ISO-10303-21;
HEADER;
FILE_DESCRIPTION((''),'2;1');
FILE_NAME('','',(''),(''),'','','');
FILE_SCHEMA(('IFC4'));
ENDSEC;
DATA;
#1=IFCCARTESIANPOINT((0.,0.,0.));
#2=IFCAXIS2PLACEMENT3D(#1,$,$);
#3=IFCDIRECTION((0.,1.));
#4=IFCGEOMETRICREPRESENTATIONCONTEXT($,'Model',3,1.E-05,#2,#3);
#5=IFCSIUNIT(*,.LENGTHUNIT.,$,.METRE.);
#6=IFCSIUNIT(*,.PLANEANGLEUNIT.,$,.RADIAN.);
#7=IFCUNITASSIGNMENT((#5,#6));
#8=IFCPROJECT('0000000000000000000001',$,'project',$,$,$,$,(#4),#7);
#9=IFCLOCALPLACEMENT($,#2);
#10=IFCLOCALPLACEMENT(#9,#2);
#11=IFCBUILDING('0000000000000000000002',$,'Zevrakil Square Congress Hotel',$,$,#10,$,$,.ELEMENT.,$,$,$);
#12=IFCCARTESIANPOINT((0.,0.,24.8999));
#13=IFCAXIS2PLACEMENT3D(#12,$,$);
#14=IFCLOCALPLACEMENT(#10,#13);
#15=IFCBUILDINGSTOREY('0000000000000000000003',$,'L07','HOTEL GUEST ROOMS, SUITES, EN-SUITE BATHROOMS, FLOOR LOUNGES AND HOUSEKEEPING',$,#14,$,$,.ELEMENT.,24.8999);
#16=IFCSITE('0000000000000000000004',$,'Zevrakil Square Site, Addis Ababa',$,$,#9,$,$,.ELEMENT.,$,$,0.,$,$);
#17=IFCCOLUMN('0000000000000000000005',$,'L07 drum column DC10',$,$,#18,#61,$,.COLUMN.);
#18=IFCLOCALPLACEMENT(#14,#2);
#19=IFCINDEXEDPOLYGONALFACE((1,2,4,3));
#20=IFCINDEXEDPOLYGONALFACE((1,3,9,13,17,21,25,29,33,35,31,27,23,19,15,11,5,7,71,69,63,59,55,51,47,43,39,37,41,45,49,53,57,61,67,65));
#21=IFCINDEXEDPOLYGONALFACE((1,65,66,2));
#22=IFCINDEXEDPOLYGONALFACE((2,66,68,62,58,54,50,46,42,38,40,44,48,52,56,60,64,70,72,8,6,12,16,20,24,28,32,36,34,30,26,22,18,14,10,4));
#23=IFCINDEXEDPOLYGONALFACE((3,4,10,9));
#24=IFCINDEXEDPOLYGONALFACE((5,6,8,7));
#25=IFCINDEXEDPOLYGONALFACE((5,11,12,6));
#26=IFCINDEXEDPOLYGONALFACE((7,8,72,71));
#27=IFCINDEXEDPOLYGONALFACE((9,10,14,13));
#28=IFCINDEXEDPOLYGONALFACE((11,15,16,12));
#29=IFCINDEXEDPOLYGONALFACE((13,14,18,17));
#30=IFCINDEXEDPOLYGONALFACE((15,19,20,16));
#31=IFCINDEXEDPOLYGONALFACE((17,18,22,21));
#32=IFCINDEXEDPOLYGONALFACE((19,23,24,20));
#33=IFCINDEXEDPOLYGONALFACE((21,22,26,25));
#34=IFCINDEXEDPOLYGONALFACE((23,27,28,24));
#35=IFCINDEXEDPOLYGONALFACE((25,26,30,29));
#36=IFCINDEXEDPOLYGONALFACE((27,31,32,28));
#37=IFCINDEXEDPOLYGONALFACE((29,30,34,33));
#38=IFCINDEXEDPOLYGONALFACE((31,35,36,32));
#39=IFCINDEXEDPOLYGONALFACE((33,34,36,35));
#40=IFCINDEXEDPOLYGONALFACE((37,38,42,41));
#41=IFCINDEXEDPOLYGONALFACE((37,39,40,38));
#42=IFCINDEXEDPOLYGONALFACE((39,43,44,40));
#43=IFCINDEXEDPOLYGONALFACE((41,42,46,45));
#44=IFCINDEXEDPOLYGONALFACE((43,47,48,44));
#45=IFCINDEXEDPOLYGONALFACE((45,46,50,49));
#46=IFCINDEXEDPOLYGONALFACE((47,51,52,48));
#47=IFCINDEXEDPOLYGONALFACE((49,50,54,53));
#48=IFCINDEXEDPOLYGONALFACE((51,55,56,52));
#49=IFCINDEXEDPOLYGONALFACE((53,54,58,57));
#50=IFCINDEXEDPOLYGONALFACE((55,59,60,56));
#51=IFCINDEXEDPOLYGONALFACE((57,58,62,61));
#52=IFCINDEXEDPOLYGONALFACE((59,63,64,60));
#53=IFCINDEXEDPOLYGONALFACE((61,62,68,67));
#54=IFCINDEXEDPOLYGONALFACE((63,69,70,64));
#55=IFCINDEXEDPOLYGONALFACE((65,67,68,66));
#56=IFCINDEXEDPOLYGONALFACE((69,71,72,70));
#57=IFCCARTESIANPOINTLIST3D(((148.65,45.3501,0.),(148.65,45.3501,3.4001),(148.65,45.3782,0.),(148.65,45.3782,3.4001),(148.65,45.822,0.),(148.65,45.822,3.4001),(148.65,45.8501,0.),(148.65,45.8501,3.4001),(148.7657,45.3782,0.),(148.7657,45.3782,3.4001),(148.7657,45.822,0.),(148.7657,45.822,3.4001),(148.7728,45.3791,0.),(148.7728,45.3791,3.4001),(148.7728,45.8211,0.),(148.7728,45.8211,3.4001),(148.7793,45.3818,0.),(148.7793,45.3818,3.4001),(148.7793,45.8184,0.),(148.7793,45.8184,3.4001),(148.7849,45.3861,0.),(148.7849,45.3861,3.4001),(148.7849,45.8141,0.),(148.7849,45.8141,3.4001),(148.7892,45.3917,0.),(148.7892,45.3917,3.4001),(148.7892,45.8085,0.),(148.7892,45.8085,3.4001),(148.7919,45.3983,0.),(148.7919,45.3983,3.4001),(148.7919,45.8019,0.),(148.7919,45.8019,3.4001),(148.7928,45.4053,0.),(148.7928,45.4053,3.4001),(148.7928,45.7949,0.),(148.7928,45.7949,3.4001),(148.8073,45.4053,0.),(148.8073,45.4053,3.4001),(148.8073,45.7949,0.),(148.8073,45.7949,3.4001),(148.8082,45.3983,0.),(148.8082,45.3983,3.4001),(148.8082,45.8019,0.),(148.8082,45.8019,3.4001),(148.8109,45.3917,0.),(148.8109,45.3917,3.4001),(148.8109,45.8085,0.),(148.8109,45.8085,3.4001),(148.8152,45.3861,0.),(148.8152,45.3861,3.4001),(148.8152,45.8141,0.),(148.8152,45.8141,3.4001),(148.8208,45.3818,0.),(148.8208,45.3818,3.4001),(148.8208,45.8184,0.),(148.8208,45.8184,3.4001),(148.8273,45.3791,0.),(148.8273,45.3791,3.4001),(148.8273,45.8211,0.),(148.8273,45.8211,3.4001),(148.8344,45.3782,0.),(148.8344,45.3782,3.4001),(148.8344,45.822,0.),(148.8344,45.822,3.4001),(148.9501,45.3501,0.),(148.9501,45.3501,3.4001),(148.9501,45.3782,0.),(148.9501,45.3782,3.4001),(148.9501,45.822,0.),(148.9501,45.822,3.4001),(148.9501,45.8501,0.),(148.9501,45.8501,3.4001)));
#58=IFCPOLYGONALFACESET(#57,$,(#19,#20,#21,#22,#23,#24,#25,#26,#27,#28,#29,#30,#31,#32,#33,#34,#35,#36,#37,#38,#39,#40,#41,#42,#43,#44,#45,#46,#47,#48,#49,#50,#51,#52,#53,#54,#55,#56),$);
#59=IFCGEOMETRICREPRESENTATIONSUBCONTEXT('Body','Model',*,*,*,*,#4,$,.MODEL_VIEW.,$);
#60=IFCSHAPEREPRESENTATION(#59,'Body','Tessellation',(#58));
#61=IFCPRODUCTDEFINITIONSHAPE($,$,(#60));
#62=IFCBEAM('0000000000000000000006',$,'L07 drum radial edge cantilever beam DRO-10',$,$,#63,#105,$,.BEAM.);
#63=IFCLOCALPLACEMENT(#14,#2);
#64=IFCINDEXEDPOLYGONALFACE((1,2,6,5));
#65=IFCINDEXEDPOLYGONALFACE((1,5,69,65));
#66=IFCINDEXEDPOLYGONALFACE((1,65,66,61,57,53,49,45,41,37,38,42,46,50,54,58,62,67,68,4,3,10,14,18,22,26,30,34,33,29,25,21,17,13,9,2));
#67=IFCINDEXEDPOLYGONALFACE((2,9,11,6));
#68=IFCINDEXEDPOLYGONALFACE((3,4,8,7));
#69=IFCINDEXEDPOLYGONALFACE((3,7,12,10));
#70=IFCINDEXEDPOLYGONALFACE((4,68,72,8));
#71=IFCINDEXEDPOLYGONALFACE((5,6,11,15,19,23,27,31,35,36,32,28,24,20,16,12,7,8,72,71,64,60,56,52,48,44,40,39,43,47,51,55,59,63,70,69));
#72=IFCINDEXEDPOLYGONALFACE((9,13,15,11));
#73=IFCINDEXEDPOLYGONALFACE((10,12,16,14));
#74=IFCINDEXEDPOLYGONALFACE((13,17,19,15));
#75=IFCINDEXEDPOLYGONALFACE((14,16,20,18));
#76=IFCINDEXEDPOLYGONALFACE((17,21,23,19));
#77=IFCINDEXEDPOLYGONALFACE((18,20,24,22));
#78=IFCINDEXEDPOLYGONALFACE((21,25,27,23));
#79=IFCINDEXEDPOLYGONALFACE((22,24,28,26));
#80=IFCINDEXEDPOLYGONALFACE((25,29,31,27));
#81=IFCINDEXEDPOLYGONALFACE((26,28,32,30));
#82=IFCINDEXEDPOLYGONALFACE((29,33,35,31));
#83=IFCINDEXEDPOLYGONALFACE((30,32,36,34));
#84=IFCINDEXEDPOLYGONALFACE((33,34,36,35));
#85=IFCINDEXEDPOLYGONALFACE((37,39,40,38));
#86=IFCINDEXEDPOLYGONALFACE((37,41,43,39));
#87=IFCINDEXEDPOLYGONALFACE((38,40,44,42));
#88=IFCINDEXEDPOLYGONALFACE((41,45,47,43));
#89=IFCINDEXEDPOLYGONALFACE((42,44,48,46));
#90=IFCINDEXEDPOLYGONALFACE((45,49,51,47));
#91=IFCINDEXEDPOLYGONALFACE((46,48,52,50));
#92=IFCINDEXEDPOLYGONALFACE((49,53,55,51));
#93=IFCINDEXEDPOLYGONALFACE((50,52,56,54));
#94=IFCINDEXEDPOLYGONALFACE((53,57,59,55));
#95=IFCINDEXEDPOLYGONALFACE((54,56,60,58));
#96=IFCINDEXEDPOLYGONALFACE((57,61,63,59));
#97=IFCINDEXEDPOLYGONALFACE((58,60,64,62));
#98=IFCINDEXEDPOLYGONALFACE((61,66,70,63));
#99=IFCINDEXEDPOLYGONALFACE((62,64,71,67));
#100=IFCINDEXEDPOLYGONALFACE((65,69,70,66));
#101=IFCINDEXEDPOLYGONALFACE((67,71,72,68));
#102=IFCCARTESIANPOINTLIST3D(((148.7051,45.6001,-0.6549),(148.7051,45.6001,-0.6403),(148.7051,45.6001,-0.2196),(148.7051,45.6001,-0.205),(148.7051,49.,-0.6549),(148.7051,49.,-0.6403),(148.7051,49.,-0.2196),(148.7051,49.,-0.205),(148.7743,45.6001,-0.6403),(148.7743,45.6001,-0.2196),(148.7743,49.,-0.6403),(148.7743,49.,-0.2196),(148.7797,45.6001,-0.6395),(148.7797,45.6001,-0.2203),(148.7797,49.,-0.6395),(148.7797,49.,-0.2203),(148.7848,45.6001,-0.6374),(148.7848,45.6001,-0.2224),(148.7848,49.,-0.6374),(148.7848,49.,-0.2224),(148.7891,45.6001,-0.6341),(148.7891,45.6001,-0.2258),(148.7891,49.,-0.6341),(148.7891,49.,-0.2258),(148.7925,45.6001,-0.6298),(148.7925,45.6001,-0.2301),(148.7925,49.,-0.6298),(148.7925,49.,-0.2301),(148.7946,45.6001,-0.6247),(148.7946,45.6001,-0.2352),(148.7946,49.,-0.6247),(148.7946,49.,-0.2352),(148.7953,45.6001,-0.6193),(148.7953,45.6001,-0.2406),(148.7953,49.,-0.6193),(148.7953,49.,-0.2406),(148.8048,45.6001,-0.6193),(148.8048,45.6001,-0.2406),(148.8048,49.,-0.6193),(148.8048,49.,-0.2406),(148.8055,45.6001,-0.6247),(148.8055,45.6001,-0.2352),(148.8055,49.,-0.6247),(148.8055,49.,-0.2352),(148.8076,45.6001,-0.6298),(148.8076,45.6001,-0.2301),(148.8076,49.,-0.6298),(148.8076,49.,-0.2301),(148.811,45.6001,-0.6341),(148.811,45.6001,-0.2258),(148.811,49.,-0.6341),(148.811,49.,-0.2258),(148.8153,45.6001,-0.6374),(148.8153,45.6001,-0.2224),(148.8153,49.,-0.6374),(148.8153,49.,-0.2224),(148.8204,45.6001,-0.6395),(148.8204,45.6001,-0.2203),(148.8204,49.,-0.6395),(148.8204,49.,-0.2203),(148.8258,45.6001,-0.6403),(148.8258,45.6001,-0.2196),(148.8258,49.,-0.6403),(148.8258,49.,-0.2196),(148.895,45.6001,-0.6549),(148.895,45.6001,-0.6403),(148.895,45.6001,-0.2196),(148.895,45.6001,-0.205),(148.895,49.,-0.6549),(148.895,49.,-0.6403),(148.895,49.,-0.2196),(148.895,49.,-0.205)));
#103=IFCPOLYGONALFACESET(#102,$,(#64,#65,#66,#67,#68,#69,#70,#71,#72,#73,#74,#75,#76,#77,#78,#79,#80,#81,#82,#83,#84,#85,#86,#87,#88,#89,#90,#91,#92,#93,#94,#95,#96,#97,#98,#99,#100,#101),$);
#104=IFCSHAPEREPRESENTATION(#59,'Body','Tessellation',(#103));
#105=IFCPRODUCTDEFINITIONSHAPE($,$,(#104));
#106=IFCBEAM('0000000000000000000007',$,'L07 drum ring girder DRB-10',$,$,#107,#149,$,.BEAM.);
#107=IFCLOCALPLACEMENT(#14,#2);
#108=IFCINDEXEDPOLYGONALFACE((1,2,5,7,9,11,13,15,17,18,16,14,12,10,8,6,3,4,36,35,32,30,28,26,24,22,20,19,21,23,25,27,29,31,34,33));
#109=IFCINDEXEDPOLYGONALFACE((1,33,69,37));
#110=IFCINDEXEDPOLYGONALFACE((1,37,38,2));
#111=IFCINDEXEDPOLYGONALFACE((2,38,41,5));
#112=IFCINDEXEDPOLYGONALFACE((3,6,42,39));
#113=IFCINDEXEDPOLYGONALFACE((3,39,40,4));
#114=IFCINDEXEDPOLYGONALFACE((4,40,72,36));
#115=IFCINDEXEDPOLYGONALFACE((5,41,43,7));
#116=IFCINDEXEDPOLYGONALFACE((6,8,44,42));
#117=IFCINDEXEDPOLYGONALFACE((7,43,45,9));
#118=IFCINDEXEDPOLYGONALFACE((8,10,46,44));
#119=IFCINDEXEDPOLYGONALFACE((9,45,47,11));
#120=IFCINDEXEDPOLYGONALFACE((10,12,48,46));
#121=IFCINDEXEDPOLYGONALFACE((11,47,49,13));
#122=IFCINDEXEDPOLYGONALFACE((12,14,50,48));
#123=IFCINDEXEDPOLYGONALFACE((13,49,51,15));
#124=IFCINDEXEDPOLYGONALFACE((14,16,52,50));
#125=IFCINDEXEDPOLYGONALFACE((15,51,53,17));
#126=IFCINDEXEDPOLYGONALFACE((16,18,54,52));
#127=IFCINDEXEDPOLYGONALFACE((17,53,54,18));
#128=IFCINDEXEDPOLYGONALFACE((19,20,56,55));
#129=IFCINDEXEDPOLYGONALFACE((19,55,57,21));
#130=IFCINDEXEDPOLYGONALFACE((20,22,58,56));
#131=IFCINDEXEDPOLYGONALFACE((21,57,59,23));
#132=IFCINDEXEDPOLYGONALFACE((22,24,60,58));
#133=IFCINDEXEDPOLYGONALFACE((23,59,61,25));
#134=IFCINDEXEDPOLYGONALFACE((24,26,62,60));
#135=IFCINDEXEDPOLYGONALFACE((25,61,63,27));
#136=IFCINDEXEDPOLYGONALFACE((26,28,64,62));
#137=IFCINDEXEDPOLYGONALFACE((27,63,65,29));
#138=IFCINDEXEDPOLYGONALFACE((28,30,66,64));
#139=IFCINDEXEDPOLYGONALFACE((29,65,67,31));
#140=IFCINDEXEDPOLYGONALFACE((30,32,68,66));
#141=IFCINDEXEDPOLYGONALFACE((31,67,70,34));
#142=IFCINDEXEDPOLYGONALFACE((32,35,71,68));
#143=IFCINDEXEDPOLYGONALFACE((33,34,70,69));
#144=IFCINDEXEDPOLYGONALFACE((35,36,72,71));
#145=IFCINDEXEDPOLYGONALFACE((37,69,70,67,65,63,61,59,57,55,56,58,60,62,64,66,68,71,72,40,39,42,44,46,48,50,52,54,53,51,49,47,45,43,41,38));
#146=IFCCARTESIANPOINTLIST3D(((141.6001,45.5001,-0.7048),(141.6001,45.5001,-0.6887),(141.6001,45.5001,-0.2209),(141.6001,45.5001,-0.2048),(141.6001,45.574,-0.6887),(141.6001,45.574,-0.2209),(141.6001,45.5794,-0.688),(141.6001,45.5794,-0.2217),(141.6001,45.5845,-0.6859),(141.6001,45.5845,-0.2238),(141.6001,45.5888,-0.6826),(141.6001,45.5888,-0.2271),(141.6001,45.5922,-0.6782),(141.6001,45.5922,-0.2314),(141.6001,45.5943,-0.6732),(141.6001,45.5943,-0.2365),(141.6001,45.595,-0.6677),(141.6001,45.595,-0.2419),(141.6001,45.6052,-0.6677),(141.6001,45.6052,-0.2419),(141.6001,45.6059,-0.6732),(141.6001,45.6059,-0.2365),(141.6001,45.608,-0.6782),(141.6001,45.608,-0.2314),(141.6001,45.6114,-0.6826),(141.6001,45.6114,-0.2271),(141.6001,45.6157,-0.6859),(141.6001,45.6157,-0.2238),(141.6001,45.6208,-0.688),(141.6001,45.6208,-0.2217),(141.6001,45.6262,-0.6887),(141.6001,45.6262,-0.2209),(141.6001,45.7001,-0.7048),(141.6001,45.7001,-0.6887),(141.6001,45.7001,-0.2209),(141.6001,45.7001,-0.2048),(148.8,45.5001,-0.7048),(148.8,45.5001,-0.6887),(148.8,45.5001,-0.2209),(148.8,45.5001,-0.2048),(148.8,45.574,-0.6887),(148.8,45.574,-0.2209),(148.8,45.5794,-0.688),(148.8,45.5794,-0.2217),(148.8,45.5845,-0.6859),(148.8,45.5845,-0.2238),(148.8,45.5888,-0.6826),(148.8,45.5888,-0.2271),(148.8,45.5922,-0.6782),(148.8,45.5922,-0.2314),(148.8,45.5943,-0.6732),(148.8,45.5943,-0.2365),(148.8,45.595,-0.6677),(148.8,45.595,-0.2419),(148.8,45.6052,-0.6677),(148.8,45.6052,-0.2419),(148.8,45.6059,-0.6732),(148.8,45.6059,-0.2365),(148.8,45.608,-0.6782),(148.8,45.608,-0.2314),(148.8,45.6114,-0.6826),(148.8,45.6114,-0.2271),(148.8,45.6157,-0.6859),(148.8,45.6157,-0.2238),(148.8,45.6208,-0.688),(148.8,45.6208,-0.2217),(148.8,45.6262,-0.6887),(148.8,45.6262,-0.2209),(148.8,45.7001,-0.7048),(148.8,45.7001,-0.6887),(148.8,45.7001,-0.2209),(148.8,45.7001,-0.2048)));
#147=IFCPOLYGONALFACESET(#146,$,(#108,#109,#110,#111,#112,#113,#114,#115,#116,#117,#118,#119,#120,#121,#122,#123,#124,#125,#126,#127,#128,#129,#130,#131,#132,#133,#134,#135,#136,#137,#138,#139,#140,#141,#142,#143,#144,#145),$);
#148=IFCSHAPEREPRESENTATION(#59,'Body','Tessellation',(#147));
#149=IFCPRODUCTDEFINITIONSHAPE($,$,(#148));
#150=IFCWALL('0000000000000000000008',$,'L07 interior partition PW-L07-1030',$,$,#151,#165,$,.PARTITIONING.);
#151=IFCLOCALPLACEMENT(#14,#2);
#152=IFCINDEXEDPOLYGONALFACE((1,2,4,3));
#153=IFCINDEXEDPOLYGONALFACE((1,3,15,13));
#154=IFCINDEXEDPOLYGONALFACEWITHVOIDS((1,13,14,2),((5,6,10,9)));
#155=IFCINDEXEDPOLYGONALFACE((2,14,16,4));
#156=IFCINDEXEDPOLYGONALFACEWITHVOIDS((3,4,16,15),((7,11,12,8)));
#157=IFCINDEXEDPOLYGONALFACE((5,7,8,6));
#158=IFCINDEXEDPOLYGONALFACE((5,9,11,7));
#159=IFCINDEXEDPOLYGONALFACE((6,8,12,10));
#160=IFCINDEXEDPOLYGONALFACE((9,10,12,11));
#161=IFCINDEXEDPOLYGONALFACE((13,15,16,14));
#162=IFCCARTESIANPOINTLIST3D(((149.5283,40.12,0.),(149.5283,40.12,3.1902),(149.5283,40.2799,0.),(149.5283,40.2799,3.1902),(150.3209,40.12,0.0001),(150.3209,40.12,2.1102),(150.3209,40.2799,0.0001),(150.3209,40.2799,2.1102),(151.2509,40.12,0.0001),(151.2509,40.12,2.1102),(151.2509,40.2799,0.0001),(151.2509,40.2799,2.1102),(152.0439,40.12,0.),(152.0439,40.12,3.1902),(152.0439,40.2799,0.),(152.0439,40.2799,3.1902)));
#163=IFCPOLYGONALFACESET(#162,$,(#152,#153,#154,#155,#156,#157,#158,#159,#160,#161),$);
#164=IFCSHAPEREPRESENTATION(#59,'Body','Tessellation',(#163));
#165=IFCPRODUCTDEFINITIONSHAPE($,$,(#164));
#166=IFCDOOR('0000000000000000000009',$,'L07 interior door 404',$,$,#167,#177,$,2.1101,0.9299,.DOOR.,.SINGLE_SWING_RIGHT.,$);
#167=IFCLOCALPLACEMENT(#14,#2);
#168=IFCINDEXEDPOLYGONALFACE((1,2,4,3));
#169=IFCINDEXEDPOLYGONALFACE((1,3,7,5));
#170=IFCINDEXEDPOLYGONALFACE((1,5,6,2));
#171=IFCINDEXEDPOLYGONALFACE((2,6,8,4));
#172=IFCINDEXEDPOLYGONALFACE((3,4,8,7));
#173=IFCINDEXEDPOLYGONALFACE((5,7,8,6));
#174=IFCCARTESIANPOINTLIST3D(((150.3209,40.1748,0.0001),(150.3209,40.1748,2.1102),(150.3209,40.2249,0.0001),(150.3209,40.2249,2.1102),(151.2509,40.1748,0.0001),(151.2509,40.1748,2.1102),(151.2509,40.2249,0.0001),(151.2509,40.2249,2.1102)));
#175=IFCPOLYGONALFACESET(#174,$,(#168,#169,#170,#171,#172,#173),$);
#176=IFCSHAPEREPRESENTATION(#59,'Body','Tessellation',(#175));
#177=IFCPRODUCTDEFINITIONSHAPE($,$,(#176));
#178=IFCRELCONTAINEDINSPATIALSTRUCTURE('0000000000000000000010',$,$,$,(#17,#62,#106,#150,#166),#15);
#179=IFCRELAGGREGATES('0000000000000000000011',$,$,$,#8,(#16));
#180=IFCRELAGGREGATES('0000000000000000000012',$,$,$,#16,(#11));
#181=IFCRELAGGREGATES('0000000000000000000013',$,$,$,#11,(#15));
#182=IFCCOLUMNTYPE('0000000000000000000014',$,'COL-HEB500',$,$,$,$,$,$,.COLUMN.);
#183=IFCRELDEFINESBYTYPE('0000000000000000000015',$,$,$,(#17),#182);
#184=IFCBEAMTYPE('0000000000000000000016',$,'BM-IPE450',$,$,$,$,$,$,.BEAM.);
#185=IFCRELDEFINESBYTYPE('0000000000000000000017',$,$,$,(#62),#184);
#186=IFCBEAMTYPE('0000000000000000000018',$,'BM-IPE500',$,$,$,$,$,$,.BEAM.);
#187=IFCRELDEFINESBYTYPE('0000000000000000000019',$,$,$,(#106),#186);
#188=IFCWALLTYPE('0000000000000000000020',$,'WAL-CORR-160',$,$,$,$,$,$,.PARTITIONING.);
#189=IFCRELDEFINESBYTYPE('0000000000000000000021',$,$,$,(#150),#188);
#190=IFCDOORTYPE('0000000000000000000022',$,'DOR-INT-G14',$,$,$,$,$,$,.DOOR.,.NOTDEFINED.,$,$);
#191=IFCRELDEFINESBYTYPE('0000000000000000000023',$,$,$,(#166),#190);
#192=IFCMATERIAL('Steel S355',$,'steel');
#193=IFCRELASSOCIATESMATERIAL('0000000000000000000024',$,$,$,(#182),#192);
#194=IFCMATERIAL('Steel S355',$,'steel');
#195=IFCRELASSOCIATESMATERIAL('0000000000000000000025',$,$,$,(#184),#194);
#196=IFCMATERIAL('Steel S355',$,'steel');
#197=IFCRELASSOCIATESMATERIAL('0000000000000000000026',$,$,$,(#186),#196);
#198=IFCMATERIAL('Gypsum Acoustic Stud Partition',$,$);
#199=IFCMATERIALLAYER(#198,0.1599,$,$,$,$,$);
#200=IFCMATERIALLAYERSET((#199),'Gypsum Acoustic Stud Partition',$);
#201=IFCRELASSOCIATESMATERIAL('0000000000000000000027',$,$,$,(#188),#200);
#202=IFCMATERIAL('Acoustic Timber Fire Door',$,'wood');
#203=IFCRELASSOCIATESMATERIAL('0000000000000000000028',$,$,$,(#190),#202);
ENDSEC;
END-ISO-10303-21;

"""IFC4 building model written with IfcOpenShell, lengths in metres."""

from ifc_helpers import new_model, si_unit, direction, frame, frame_2d, origin, origin_2d, place, context, subcontext, project, spatial, rectangle, i_section, extrude, material, layer, layer_set, material_profile, profile_set, type_object, element, fill, save


model = new_model("IFC4")

# Units and contexts
model_context = context("Model", 3, precision=1e-05, world=origin(), true_north=direction((0.0, 1.0)))
body_context = subcontext(model_context, "Body", "Model", "MODEL_VIEW")
ifc_project = project(units=[si_unit("LENGTHUNIT", "METRE"), si_unit("PLANEANGLEUNIT", "RADIAN")], contexts=[model_context])

# Site, building, storey
site_placement = place(None, origin())
site = spatial("IfcSite", under=ifc_project, at=site_placement, Name="Zevrakil Square Site, Addis Ababa", CompositionType="ELEMENT", RefElevation=0.0)
building_placement = place(site_placement, origin())
building = spatial("IfcBuilding", under=site, at=building_placement, Name="Zevrakil Square Congress Hotel", CompositionType="ELEMENT")
storey_placement = place(building_placement, frame((0.0, 0.0, 24.8999)))
storey = spatial("IfcBuildingStorey", under=building, at=storey_placement, Name="L07", Description="HOTEL GUEST ROOMS, SUITES, EN-SUITE BATHROOMS, FLOOR LOUNGES AND HOUSEKEEPING", CompositionType="ELEMENT", Elevation=24.8999)

# Column
ifc_material_1 = material(Name="Steel S355", Category="steel")
ifc_material_profile_1 = material_profile(ifc_material_1, i_section(OverallWidth=0.3, OverallDepth=0.5, WebThickness=0.0144, FlangeThickness=0.0281, FilletRadius=0.0271, at=origin_2d()), Name="HEB 500")
ifc_profile_set_1 = profile_set([ifc_material_profile_1], Name="Steel S355")
column_type = type_object("IfcColumnType", Name="COL-HEB500", PredefinedType="COLUMN", material=ifc_profile_set_1)
column_placement = place(storey_placement, frame((148.8, 45.6001, 0.0), z_axis=(0.0, 0.0, 1.0), x_axis=(1.0, 0.0, 0.0)))
element("IfcColumn", 1, at=column_placement, inside=storey, type_object=column_type, Name="L07 drum column DC10", PredefinedType="COLUMN", context=body_context, shape_type="SweptSolid", body=[
    extrude(i_section(OverallWidth=0.3, OverallDepth=0.5, WebThickness=0.0144, FlangeThickness=0.0281, FilletRadius=0.0271, at=origin_2d()), origin(), (0.0, 0.0, 1.0), 3.4001),
])

# Beams
ifc_material_2 = material(Name="Steel S355", Category="steel")
ifc_material_profile_2 = material_profile(ifc_material_2, i_section(OverallWidth=0.1899, OverallDepth=0.45, WebThickness=0.0095, FlangeThickness=0.0146, FilletRadius=0.021, at=origin_2d()), Name="IPE 450")
ifc_profile_set_2 = profile_set([ifc_material_profile_2], Name="Steel S355")
beam_type_1 = type_object("IfcBeamType", Name="BM-IPE450", PredefinedType="BEAM", material=ifc_profile_set_2)
beam_1_placement = place(storey_placement, frame((148.8, 45.6001, -0.4299), z_axis=(0.0, 1.0, 0.0), x_axis=(-1.0, 0.0, 0.0)))
element("IfcBeam", 2, at=beam_1_placement, inside=storey, type_object=beam_type_1, Name="L07 drum radial edge cantilever beam DRO-10", PredefinedType="BEAM", context=body_context, shape_type="SweptSolid", body=[
    extrude(i_section(OverallWidth=0.1899, OverallDepth=0.45, WebThickness=0.0095, FlangeThickness=0.0146, FilletRadius=0.021, at=origin_2d()), origin(), (0.0, 0.0, 1.0), 3.3999),
])
ifc_material_3 = material(Name="Steel S355", Category="steel")
ifc_material_profile_3 = material_profile(ifc_material_3, i_section(OverallWidth=0.2, OverallDepth=0.5, WebThickness=0.0103, FlangeThickness=0.0161, FilletRadius=0.021, at=origin_2d()), Name="IPE 500")
ifc_profile_set_3 = profile_set([ifc_material_profile_3], Name="Steel S355")
beam_type_2 = type_object("IfcBeamType", Name="BM-IPE500", PredefinedType="BEAM", material=ifc_profile_set_3)
beam_2_placement = place(storey_placement, frame((148.8, 45.6001, -0.4548), z_axis=(-1.0, 0.0, 0.0), x_axis=(0.0, -1.0, 0.0)))
element("IfcBeam", 3, at=beam_2_placement, inside=storey, type_object=beam_type_2, Name="L07 drum ring girder DRB-10", PredefinedType="BEAM", context=body_context, shape_type="SweptSolid", body=[
    extrude(i_section(OverallWidth=0.2, OverallDepth=0.5, WebThickness=0.0103, FlangeThickness=0.0161, FilletRadius=0.021, at=origin_2d()), origin(), (0.0, 0.0, 1.0), 7.2),
])

# Wall, opening, door
ifc_material_4 = material(Name="Gypsum Acoustic Stud Partition")
ifc_layer_1 = layer(ifc_material_4, 0.1599)
ifc_layer_set_1 = layer_set([ifc_layer_1], Name="Gypsum Acoustic Stud Partition")
wall_type_1 = type_object("IfcWallType", Name="WAL-CORR-160", PredefinedType="PARTITIONING", material=ifc_layer_set_1)
wall_1_placement = place(storey_placement, frame((149.5283, 40.2, 0.0), z_axis=(0.0, 0.0, 1.0), x_axis=(1.0, 0.0, 0.0)))
wall_1 = element("IfcWall", 4, at=wall_1_placement, inside=storey, type_object=wall_type_1, Name="L07 interior partition PW-L07-1030", PredefinedType="PARTITIONING", context=body_context, shape_type="SweptSolid", body=[
    extrude(rectangle(XDim=2.5156, YDim=0.1599, at=frame_2d((1.2578, 0.0))), origin(), (0.0, 0.0, 1.0), 3.1902),
])
opening_1_placement = place(wall_1_placement, frame((0.7927, 0.0, 0.0)))
opening_1 = element("IfcOpeningElement", 5, at=opening_1_placement, cuts=wall_1, PredefinedType="OPENING", context=body_context, shape_type="SweptSolid", body=[
    extrude(rectangle(XDim=0.9299, YDim=2.1101, at=frame_2d((0.4648, 1.0552))), frame((0.0, 0.0898, 0.0), z_axis=(0.0, -1.0, 0.0), x_axis=(1.0, 0.0, 0.0)), (0.0, 0.0, 1.0), 0.1799),
])
ifc_material_5 = material(Name="Acoustic Timber Fire Door", Category="wood")
door_type_1 = type_object("IfcDoorType", Name="DOR-INT-G14", OperationType="NOTDEFINED", PredefinedType="DOOR", material=ifc_material_5)
door_1_placement = place(opening_1_placement, origin())
door_1 = element("IfcDoor", 6, at=door_1_placement, inside=storey, type_object=door_type_1, Name="L07 interior door 404", OperationType="SINGLE_SWING_RIGHT", OverallHeight=2.1101, OverallWidth=0.9299, PredefinedType="DOOR", context=body_context, shape_type="SweptSolid", body=[
    extrude(rectangle(XDim=0.9299, YDim=2.1101, at=frame_2d((0.4648, 1.0552))), frame((0.0, 0.0249, 0.0), z_axis=(0.0, -1.0, 0.0), x_axis=(1.0, 0.0, 0.0)), (0.0, 0.0, 1.0), 0.05),
])
fill(opening_1, door_1)

save(model, "model.ifc")
